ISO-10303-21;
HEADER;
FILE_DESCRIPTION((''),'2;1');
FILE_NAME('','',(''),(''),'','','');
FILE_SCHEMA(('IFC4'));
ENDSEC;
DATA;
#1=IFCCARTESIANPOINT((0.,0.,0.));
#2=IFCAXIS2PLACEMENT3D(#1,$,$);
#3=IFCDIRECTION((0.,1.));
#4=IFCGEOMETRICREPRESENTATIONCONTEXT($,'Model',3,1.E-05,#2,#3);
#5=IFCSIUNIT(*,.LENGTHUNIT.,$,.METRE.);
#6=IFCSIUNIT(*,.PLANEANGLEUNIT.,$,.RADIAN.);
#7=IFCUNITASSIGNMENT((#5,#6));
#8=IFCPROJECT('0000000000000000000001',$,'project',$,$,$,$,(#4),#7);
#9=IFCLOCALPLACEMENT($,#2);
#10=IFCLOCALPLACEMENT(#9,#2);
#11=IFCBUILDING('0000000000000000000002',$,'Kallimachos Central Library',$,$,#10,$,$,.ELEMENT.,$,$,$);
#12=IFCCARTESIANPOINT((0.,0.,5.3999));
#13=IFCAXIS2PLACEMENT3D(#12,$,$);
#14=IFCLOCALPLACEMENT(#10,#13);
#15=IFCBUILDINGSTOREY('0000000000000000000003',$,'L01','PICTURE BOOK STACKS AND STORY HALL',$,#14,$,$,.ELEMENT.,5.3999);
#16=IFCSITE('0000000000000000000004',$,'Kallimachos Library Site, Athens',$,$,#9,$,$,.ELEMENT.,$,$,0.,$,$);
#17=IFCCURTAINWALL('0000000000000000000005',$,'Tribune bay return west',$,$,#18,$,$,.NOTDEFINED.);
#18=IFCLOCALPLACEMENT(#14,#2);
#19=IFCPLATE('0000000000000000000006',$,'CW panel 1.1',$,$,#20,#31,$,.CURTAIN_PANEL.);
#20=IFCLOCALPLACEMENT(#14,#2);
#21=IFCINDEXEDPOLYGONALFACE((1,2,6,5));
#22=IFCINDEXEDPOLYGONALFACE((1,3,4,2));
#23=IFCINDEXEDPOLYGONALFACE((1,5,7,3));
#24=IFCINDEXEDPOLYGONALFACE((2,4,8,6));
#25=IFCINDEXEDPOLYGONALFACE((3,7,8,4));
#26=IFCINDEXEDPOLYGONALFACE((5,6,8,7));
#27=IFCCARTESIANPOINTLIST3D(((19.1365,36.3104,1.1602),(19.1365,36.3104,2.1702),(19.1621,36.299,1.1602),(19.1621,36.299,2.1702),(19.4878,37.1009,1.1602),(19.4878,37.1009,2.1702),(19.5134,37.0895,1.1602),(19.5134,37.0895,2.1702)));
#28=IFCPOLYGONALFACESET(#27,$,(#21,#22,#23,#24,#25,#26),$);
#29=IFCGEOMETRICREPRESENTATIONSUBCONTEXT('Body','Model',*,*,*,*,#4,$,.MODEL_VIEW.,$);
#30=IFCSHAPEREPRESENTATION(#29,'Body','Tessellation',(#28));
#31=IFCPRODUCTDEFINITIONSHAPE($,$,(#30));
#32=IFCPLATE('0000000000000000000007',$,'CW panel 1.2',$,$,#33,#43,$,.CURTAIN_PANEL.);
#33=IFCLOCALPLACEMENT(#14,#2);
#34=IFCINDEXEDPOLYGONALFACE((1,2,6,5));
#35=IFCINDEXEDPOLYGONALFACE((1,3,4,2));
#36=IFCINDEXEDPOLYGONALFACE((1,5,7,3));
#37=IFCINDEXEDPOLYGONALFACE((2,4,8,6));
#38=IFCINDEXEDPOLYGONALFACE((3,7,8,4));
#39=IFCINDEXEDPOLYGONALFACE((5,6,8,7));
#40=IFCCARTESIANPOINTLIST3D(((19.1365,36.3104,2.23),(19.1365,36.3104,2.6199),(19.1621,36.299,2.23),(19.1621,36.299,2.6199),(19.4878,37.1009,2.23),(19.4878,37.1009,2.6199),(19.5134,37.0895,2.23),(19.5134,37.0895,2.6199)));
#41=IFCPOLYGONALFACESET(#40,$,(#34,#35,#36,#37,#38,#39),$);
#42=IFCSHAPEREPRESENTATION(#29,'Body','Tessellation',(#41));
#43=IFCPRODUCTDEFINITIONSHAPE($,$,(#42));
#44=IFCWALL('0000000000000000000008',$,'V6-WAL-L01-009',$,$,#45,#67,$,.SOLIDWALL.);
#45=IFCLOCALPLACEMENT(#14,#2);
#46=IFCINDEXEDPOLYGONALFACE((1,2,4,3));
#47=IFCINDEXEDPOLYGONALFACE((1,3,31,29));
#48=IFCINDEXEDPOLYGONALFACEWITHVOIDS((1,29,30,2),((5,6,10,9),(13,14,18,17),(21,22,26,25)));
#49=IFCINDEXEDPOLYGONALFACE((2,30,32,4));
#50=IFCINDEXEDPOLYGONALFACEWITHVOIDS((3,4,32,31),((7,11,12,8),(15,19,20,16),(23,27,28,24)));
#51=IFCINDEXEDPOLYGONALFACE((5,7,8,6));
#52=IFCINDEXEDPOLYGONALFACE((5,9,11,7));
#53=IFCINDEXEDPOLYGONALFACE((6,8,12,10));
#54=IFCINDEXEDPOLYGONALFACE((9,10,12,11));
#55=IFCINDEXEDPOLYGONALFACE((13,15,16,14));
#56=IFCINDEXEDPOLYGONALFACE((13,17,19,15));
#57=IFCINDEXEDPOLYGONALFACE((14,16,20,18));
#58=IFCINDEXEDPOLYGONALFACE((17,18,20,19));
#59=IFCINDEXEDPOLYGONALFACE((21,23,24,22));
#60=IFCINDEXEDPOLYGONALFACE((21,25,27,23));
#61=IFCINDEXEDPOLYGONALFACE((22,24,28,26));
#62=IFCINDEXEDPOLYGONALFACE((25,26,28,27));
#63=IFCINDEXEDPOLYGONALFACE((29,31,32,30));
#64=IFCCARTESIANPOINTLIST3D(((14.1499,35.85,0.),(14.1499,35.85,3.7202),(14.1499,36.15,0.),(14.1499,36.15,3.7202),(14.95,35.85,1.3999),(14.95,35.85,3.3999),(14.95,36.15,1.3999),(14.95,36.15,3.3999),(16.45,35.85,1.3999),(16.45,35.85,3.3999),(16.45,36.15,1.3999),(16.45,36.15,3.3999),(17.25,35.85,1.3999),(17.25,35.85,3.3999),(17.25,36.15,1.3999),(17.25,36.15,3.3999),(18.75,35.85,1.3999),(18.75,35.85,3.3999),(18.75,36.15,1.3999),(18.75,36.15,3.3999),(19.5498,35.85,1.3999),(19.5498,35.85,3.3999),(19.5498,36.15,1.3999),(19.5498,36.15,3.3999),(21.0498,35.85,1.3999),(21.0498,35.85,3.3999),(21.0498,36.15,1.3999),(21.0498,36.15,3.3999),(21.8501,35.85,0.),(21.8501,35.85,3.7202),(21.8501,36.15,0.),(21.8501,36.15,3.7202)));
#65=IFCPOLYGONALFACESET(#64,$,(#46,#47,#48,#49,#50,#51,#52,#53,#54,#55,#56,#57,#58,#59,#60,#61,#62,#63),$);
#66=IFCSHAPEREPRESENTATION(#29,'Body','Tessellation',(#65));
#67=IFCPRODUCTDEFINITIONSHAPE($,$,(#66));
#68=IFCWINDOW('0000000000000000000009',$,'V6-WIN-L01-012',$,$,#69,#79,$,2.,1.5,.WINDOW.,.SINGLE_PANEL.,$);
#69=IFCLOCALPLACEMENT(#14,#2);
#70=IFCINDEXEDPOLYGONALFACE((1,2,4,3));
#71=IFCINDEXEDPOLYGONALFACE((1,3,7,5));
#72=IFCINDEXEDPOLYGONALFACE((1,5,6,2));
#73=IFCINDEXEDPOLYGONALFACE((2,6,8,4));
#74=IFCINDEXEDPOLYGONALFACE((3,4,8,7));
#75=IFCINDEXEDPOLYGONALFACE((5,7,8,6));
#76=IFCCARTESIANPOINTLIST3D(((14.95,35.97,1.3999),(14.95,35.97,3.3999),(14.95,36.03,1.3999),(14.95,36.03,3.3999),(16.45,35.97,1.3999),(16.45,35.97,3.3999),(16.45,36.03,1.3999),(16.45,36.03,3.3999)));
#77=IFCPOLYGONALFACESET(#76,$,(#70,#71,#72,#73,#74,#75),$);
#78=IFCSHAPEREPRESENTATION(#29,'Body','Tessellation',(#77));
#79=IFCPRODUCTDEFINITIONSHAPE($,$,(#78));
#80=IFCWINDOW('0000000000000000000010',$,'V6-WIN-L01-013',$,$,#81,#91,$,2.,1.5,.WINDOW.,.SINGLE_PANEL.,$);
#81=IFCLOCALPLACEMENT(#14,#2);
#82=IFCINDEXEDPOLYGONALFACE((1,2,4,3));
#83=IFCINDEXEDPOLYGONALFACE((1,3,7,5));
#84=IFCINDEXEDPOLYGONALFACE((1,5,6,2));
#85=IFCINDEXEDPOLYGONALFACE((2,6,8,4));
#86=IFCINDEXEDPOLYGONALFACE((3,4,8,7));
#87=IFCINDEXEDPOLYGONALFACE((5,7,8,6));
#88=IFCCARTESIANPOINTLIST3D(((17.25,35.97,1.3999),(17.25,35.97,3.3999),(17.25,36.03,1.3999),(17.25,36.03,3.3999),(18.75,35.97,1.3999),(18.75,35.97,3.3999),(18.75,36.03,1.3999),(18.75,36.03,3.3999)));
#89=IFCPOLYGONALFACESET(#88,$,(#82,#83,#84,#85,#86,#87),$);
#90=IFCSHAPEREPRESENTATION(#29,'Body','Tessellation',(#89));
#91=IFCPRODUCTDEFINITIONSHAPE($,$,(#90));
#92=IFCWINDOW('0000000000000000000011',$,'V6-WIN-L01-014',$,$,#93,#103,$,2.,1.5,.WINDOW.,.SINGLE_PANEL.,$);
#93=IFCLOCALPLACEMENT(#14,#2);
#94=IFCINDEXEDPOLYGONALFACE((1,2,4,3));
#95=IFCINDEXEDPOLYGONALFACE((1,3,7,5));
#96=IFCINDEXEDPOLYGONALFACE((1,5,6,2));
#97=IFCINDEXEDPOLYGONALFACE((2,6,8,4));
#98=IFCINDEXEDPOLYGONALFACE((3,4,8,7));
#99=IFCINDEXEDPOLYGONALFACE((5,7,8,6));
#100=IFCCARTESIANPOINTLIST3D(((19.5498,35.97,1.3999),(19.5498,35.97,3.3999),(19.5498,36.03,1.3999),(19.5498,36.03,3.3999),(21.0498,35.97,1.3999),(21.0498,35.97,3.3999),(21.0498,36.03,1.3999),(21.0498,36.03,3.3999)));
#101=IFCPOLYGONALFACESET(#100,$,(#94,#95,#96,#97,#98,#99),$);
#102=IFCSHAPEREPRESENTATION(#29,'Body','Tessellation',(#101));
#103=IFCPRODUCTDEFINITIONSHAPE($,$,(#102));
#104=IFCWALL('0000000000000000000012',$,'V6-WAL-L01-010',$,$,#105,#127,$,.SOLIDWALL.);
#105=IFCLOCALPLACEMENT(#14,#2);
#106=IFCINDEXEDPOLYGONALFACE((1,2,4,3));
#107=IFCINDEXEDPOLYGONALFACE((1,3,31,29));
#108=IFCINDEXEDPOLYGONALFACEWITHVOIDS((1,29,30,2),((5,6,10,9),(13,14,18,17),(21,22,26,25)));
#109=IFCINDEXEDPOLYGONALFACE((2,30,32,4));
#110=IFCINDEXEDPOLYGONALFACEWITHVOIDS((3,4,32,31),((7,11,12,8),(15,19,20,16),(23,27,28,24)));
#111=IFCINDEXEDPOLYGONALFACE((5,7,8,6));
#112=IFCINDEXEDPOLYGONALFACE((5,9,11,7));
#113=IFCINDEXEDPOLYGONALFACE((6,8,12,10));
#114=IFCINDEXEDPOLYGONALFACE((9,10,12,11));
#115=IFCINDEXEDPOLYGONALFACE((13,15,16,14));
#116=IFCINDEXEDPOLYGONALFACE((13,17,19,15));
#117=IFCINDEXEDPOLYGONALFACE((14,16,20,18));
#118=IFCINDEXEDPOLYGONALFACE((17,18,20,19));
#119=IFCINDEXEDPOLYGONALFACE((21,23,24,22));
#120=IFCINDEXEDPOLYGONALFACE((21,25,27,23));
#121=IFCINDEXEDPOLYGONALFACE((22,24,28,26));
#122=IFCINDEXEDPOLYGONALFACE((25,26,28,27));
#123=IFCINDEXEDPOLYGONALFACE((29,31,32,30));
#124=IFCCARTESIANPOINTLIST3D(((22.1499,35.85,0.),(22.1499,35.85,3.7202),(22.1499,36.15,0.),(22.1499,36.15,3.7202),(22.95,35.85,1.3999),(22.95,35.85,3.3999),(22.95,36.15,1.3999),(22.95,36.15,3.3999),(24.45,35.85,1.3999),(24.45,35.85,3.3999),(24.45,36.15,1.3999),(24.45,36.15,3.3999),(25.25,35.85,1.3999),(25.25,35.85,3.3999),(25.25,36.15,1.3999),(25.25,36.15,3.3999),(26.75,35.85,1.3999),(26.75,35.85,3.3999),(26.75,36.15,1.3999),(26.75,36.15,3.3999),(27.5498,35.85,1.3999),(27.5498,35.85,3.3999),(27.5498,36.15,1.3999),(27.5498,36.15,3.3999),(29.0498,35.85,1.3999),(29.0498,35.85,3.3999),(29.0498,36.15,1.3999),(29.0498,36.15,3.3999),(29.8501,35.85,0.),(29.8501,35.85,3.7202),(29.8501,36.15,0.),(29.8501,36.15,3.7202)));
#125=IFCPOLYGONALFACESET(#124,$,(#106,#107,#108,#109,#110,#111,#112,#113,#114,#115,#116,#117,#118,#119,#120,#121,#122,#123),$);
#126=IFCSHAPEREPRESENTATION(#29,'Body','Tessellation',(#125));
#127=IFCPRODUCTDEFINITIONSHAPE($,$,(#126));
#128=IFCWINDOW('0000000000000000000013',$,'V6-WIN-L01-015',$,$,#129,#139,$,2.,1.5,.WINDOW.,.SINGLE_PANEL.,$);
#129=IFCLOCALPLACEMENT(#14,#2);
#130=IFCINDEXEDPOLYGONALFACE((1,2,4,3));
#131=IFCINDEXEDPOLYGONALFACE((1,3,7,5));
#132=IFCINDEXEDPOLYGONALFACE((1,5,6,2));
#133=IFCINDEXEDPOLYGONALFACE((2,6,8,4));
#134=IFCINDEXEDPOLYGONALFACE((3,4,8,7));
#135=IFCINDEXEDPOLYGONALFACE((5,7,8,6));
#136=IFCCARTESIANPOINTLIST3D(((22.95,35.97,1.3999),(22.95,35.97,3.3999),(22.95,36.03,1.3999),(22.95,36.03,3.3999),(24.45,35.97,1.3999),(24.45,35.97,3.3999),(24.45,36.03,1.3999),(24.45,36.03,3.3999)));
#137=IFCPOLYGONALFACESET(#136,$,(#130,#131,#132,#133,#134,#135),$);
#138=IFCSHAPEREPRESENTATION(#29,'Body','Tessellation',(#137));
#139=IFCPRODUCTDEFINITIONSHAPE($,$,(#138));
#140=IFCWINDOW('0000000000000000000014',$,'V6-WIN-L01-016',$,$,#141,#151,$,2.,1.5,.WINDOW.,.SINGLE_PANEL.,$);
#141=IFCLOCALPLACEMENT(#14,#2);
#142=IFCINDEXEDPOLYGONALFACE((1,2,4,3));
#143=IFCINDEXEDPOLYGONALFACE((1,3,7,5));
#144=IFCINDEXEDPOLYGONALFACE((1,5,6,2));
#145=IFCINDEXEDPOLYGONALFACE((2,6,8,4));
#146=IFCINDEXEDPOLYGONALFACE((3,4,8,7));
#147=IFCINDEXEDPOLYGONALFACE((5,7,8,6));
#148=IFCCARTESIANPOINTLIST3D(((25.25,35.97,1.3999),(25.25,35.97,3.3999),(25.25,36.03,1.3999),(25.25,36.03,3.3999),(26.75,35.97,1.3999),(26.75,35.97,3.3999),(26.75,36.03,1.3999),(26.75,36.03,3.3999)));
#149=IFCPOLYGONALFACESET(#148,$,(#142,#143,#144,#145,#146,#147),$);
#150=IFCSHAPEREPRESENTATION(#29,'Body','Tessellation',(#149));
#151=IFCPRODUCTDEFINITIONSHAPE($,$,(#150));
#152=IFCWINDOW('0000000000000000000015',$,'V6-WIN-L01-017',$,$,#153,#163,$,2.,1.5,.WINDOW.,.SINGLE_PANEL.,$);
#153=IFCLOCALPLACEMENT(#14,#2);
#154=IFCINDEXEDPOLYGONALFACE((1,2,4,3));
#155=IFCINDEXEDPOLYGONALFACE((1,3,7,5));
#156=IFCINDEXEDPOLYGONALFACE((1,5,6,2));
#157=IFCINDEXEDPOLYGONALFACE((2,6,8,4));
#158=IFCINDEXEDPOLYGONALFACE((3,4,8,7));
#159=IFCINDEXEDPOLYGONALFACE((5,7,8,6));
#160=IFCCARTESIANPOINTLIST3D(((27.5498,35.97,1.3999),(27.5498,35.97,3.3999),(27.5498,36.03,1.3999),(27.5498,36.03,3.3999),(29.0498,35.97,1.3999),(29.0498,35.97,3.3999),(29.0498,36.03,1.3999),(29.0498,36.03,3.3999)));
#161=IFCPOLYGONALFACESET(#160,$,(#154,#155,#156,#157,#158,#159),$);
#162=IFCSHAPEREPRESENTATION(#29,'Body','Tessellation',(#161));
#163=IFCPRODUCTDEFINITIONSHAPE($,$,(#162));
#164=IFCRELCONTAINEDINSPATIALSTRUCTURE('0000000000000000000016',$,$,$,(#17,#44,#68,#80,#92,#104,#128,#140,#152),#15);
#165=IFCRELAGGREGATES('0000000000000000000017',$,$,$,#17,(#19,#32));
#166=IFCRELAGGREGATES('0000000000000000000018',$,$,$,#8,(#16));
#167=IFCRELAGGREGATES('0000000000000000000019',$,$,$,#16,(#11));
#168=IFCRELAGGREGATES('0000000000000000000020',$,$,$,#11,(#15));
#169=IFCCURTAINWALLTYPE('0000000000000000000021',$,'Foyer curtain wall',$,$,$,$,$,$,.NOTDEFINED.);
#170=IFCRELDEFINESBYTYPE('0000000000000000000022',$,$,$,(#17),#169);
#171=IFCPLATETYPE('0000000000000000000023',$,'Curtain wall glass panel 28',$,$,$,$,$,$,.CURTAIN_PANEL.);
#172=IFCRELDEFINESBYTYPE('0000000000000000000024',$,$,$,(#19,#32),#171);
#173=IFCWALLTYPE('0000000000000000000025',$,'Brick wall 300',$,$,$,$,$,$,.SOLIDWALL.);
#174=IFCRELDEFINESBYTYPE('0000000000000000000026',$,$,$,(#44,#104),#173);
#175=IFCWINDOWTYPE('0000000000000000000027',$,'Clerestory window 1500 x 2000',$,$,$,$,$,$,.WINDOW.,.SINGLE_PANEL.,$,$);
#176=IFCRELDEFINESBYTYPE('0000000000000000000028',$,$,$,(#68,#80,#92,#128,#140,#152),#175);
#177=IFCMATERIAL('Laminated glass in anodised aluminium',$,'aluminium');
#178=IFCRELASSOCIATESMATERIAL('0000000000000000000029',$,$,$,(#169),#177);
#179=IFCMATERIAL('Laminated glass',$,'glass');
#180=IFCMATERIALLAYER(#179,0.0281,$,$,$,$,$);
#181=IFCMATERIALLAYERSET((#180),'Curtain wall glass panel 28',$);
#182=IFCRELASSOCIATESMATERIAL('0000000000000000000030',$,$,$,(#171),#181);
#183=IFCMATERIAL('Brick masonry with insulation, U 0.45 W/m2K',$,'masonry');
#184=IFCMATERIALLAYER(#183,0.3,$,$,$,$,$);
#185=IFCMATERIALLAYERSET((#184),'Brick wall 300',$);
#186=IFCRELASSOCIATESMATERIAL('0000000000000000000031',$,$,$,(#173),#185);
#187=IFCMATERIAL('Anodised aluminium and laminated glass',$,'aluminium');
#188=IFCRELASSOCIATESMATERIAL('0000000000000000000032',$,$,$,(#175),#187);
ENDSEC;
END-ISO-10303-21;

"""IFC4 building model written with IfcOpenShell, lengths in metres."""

from ifc_helpers import new_model, si_unit, direction, frame, frame_2d, origin, origin_2d, place, context, subcontext, project, spatial, rectangle, extrude, material, layer, layer_set, type_object, element, fill, aggregate, save


model = new_model("IFC4")

# Units and contexts
model_context = context("Model", 3, precision=1e-05, world=origin(), true_north=direction((0.0, 1.0)))
body_context = subcontext(model_context, "Body", "Model", "MODEL_VIEW")
ifc_project = project(units=[si_unit("LENGTHUNIT", "METRE"), si_unit("PLANEANGLEUNIT", "RADIAN")], contexts=[model_context])

# Site, building, storey
site_placement = place(None, origin())
site = spatial("IfcSite", under=ifc_project, at=site_placement, Name="Kallimachos Library Site, Athens", CompositionType="ELEMENT", RefElevation=0.0)
building_placement = place(site_placement, origin())
building = spatial("IfcBuilding", under=site, at=building_placement, Name="Kallimachos Central Library", CompositionType="ELEMENT")
storey_placement = place(building_placement, frame((0.0, 0.0, 5.3999)))
storey = spatial("IfcBuildingStorey", under=building, at=storey_placement, Name="L01", Description="PICTURE BOOK STACKS AND STORY HALL", CompositionType="ELEMENT", Elevation=5.3999)

# Curtain wall
ifc_material_1 = material(Name="Laminated glass in anodised aluminium", Category="aluminium")
curtain_wall_type = type_object("IfcCurtainWallType", Name="Foyer curtain wall", PredefinedType="NOTDEFINED", material=ifc_material_1)
curtain_wall_1_placement = place(storey_placement, origin())
curtain_wall_1 = element("IfcCurtainWall", 1, at=curtain_wall_1_placement, inside=storey, type_object=curtain_wall_type, Name="Tribune bay return west", PredefinedType="NOTDEFINED")

# Plates
ifc_material_2 = material(Name="Laminated glass", Category="glass")
ifc_layer_1 = layer(ifc_material_2, 0.0281)
ifc_layer_set_1 = layer_set([ifc_layer_1], Name="Curtain wall glass panel 28")
plate_type = type_object("IfcPlateType", Name="Curtain wall glass panel 28", PredefinedType="CURTAIN_PANEL", material=ifc_layer_set_1)
plate_1_placement = place(storey_placement, frame((19.325, 36.7, 1.1602), z_axis=(0.0, 0.0, 1.0), x_axis=(0.406138, 0.913812, 0.0)))
plate_1 = element("IfcPlate", 2, at=plate_1_placement, type_object=plate_type, Name="CW panel 1.1", PredefinedType="CURTAIN_PANEL", context=body_context, shape_type="SweptSolid", body=[
    extrude(rectangle(XDim=0.865, YDim=0.0281, at=origin_2d()), origin(), (0.0, 0.0, 1.0), 1.01),
])
plate_2_placement = place(storey_placement, frame((19.325, 36.7, 2.23), z_axis=(0.0, 0.0, 1.0), x_axis=(0.406138, 0.913812, 0.0)))
plate_2 = element("IfcPlate", 3, at=plate_2_placement, type_object=plate_type, Name="CW panel 1.2", PredefinedType="CURTAIN_PANEL", context=body_context, shape_type="SweptSolid", body=[
    extrude(rectangle(XDim=0.865, YDim=0.0281, at=origin_2d()), origin(), (0.0, 0.0, 1.0), 0.3899),
])
aggregate(curtain_wall_1, [plate_1, plate_2])

# Walls, openings, windows
ifc_material_3 = material(Name="Brick masonry with insulation, U 0.45 W/m2K", Category="masonry")
ifc_layer_2 = layer(ifc_material_3, 0.3)
ifc_layer_set_2 = layer_set([ifc_layer_2], Name="Brick wall 300")
wall_type = type_object("IfcWallType", Name="Brick wall 300", PredefinedType="SOLIDWALL", material=ifc_layer_set_2)
wall_1_placement = place(storey_placement, frame((14.1499, 36.0, 0.0), z_axis=(0.0, 0.0, 1.0), x_axis=(1.0, 0.0, 0.0)))
wall_1 = element("IfcWall", 4, at=wall_1_placement, inside=storey, type_object=wall_type, Name="V6-WAL-L01-009", PredefinedType="SOLIDWALL", context=body_context, shape_type="SweptSolid", body=[
    extrude(rectangle(XDim=7.7002, YDim=0.3, at=frame_2d((3.8501, 0.0))), origin(), (0.0, 0.0, 1.0), 3.7202),
])
opening_1_placement = place(wall_1_placement, frame((0.8, 0.0, 1.3999)))
opening_1 = element("IfcOpeningElement", 5, at=opening_1_placement, cuts=wall_1, PredefinedType="OPENING", context=body_context, shape_type="SweptSolid", body=[
    extrude(rectangle(XDim=1.5, YDim=2.0, at=frame_2d((0.75, 1.0))), frame((0.0, 0.1599, 0.0), z_axis=(0.0, -1.0, 0.0), x_axis=(1.0, 0.0, 0.0)), (0.0, 0.0, 1.0), 0.3201),
])
opening_2_placement = place(wall_1_placement, frame((3.1001, 0.0, 1.3999)))
opening_2 = element("IfcOpeningElement", 6, at=opening_2_placement, cuts=wall_1, PredefinedType="OPENING", context=body_context, shape_type="SweptSolid", body=[
    extrude(rectangle(XDim=1.5, YDim=2.0, at=frame_2d((0.75, 1.0))), frame((0.0, 0.1599, 0.0), z_axis=(0.0, -1.0, 0.0), x_axis=(1.0, 0.0, 0.0)), (0.0, 0.0, 1.0), 0.3201),
])
opening_3_placement = place(wall_1_placement, frame((5.3999, 0.0, 1.3999)))
opening_3 = element("IfcOpeningElement", 7, at=opening_3_placement, cuts=wall_1, PredefinedType="OPENING", context=body_context, shape_type="SweptSolid", body=[
    extrude(rectangle(XDim=1.5, YDim=2.0, at=frame_2d((0.75, 1.0))), frame((0.0, 0.1599, 0.0), z_axis=(0.0, -1.0, 0.0), x_axis=(1.0, 0.0, 0.0)), (0.0, 0.0, 1.0), 0.3201),
])
ifc_material_4 = material(Name="Anodised aluminium and laminated glass", Category="aluminium")
window_type = type_object("IfcWindowType", Name="Clerestory window 1500 x 2000", PartitioningType="SINGLE_PANEL", PredefinedType="WINDOW", material=ifc_material_4)
window_1_placement = place(opening_1_placement, origin())
window_1 = element("IfcWindow", 8, at=window_1_placement, inside=storey, type_object=window_type, Name="V6-WIN-L01-012", OverallHeight=2.0, OverallWidth=1.5, PartitioningType="SINGLE_PANEL", PredefinedType="WINDOW", context=body_context, shape_type="SweptSolid", body=[
    extrude(rectangle(XDim=1.5, YDim=2.0, at=frame_2d((0.75, 1.0))), frame((0.0, 0.03, 0.0), z_axis=(0.0, -1.0, 0.0), x_axis=(1.0, 0.0, 0.0)), (0.0, 0.0, 1.0), 0.0601),
])
fill(opening_1, window_1)
window_2_placement = place(opening_2_placement, origin())
window_2 = element("IfcWindow", 9, at=window_2_placement, inside=storey, type_object=window_type, Name="V6-WIN-L01-013", OverallHeight=2.0, OverallWidth=1.5, PartitioningType="SINGLE_PANEL", PredefinedType="WINDOW", context=body_context, shape_type="SweptSolid", body=[
    extrude(rectangle(XDim=1.5, YDim=2.0, at=frame_2d((0.75, 1.0))), frame((0.0, 0.03, 0.0), z_axis=(0.0, -1.0, 0.0), x_axis=(1.0, 0.0, 0.0)), (0.0, 0.0, 1.0), 0.0601),
])
fill(opening_2, window_2)
window_3_placement = place(opening_3_placement, origin())
window_3 = element("IfcWindow", 10, at=window_3_placement, inside=storey, type_object=window_type, Name="V6-WIN-L01-014", OverallHeight=2.0, OverallWidth=1.5, PartitioningType="SINGLE_PANEL", PredefinedType="WINDOW", context=body_context, shape_type="SweptSolid", body=[
    extrude(rectangle(XDim=1.5, YDim=2.0, at=frame_2d((0.75, 1.0))), frame((0.0, 0.03, 0.0), z_axis=(0.0, -1.0, 0.0), x_axis=(1.0, 0.0, 0.0)), (0.0, 0.0, 1.0), 0.0601),
])
fill(opening_3, window_3)
wall_2_placement = place(storey_placement, frame((22.1499, 36.0, 0.0), z_axis=(0.0, 0.0, 1.0), x_axis=(1.0, 0.0, 0.0)))
wall_2 = element("IfcWall", 11, at=wall_2_placement, inside=storey, type_object=wall_type, Name="V6-WAL-L01-010", PredefinedType="SOLIDWALL", context=body_context, shape_type="SweptSolid", body=[
    extrude(rectangle(XDim=7.7002, YDim=0.3, at=frame_2d((3.8501, 0.0))), origin(), (0.0, 0.0, 1.0), 3.7202),
])
opening_4_placement = place(wall_2_placement, frame((0.8, 0.0, 1.3999)))
opening_4 = element("IfcOpeningElement", 12, at=opening_4_placement, cuts=wall_2, PredefinedType="OPENING", context=body_context, shape_type="SweptSolid", body=[
    extrude(rectangle(XDim=1.5, YDim=2.0, at=frame_2d((0.75, 1.0))), frame((0.0, 0.1599, 0.0), z_axis=(0.0, -1.0, 0.0), x_axis=(1.0, 0.0, 0.0)), (0.0, 0.0, 1.0), 0.3201),
])
opening_5_placement = place(wall_2_placement, frame((3.1001, 0.0, 1.3999)))
opening_5 = element("IfcOpeningElement", 13, at=opening_5_placement, cuts=wall_2, PredefinedType="OPENING", context=body_context, shape_type="SweptSolid", body=[
    extrude(rectangle(XDim=1.5, YDim=2.0, at=frame_2d((0.75, 1.0))), frame((0.0, 0.1599, 0.0), z_axis=(0.0, -1.0, 0.0), x_axis=(1.0, 0.0, 0.0)), (0.0, 0.0, 1.0), 0.3201),
])
opening_6_placement = place(wall_2_placement, frame((5.3999, 0.0, 1.3999)))
opening_6 = element("IfcOpeningElement", 14, at=opening_6_placement, cuts=wall_2, PredefinedType="OPENING", context=body_context, shape_type="SweptSolid", body=[
    extrude(rectangle(XDim=1.5, YDim=2.0, at=frame_2d((0.75, 1.0))), frame((0.0, 0.1599, 0.0), z_axis=(0.0, -1.0, 0.0), x_axis=(1.0, 0.0, 0.0)), (0.0, 0.0, 1.0), 0.3201),
])
window_4_placement = place(opening_4_placement, origin())
window_4 = element("IfcWindow", 15, at=window_4_placement, inside=storey, type_object=window_type, Name="V6-WIN-L01-015", OverallHeight=2.0, OverallWidth=1.5, PartitioningType="SINGLE_PANEL", PredefinedType="WINDOW", context=body_context, shape_type="SweptSolid", body=[
    extrude(rectangle(XDim=1.5, YDim=2.0, at=frame_2d((0.75, 1.0))), frame((0.0, 0.03, 0.0), z_axis=(0.0, -1.0, 0.0), x_axis=(1.0, 0.0, 0.0)), (0.0, 0.0, 1.0), 0.0601),
])
fill(opening_4, window_4)
window_5_placement = place(opening_5_placement, origin())
window_5 = element("IfcWindow", 16, at=window_5_placement, inside=storey, type_object=window_type, Name="V6-WIN-L01-016", OverallHeight=2.0, OverallWidth=1.5, PartitioningType="SINGLE_PANEL", PredefinedType="WINDOW", context=body_context, shape_type="SweptSolid", body=[
    extrude(rectangle(XDim=1.5, YDim=2.0, at=frame_2d((0.75, 1.0))), frame((0.0, 0.03, 0.0), z_axis=(0.0, -1.0, 0.0), x_axis=(1.0, 0.0, 0.0)), (0.0, 0.0, 1.0), 0.0601),
])
fill(opening_5, window_5)
window_6_placement = place(opening_6_placement, origin())
window_6 = element("IfcWindow", 17, at=window_6_placement, inside=storey, type_object=window_type, Name="V6-WIN-L01-017", OverallHeight=2.0, OverallWidth=1.5, PartitioningType="SINGLE_PANEL", PredefinedType="WINDOW", context=body_context, shape_type="SweptSolid", body=[
    extrude(rectangle(XDim=1.5, YDim=2.0, at=frame_2d((0.75, 1.0))), frame((0.0, 0.03, 0.0), z_axis=(0.0, -1.0, 0.0), x_axis=(1.0, 0.0, 0.0)), (0.0, 0.0, 1.0), 0.0601),
])
fill(opening_6, window_6)

save(model, "model.ifc")
